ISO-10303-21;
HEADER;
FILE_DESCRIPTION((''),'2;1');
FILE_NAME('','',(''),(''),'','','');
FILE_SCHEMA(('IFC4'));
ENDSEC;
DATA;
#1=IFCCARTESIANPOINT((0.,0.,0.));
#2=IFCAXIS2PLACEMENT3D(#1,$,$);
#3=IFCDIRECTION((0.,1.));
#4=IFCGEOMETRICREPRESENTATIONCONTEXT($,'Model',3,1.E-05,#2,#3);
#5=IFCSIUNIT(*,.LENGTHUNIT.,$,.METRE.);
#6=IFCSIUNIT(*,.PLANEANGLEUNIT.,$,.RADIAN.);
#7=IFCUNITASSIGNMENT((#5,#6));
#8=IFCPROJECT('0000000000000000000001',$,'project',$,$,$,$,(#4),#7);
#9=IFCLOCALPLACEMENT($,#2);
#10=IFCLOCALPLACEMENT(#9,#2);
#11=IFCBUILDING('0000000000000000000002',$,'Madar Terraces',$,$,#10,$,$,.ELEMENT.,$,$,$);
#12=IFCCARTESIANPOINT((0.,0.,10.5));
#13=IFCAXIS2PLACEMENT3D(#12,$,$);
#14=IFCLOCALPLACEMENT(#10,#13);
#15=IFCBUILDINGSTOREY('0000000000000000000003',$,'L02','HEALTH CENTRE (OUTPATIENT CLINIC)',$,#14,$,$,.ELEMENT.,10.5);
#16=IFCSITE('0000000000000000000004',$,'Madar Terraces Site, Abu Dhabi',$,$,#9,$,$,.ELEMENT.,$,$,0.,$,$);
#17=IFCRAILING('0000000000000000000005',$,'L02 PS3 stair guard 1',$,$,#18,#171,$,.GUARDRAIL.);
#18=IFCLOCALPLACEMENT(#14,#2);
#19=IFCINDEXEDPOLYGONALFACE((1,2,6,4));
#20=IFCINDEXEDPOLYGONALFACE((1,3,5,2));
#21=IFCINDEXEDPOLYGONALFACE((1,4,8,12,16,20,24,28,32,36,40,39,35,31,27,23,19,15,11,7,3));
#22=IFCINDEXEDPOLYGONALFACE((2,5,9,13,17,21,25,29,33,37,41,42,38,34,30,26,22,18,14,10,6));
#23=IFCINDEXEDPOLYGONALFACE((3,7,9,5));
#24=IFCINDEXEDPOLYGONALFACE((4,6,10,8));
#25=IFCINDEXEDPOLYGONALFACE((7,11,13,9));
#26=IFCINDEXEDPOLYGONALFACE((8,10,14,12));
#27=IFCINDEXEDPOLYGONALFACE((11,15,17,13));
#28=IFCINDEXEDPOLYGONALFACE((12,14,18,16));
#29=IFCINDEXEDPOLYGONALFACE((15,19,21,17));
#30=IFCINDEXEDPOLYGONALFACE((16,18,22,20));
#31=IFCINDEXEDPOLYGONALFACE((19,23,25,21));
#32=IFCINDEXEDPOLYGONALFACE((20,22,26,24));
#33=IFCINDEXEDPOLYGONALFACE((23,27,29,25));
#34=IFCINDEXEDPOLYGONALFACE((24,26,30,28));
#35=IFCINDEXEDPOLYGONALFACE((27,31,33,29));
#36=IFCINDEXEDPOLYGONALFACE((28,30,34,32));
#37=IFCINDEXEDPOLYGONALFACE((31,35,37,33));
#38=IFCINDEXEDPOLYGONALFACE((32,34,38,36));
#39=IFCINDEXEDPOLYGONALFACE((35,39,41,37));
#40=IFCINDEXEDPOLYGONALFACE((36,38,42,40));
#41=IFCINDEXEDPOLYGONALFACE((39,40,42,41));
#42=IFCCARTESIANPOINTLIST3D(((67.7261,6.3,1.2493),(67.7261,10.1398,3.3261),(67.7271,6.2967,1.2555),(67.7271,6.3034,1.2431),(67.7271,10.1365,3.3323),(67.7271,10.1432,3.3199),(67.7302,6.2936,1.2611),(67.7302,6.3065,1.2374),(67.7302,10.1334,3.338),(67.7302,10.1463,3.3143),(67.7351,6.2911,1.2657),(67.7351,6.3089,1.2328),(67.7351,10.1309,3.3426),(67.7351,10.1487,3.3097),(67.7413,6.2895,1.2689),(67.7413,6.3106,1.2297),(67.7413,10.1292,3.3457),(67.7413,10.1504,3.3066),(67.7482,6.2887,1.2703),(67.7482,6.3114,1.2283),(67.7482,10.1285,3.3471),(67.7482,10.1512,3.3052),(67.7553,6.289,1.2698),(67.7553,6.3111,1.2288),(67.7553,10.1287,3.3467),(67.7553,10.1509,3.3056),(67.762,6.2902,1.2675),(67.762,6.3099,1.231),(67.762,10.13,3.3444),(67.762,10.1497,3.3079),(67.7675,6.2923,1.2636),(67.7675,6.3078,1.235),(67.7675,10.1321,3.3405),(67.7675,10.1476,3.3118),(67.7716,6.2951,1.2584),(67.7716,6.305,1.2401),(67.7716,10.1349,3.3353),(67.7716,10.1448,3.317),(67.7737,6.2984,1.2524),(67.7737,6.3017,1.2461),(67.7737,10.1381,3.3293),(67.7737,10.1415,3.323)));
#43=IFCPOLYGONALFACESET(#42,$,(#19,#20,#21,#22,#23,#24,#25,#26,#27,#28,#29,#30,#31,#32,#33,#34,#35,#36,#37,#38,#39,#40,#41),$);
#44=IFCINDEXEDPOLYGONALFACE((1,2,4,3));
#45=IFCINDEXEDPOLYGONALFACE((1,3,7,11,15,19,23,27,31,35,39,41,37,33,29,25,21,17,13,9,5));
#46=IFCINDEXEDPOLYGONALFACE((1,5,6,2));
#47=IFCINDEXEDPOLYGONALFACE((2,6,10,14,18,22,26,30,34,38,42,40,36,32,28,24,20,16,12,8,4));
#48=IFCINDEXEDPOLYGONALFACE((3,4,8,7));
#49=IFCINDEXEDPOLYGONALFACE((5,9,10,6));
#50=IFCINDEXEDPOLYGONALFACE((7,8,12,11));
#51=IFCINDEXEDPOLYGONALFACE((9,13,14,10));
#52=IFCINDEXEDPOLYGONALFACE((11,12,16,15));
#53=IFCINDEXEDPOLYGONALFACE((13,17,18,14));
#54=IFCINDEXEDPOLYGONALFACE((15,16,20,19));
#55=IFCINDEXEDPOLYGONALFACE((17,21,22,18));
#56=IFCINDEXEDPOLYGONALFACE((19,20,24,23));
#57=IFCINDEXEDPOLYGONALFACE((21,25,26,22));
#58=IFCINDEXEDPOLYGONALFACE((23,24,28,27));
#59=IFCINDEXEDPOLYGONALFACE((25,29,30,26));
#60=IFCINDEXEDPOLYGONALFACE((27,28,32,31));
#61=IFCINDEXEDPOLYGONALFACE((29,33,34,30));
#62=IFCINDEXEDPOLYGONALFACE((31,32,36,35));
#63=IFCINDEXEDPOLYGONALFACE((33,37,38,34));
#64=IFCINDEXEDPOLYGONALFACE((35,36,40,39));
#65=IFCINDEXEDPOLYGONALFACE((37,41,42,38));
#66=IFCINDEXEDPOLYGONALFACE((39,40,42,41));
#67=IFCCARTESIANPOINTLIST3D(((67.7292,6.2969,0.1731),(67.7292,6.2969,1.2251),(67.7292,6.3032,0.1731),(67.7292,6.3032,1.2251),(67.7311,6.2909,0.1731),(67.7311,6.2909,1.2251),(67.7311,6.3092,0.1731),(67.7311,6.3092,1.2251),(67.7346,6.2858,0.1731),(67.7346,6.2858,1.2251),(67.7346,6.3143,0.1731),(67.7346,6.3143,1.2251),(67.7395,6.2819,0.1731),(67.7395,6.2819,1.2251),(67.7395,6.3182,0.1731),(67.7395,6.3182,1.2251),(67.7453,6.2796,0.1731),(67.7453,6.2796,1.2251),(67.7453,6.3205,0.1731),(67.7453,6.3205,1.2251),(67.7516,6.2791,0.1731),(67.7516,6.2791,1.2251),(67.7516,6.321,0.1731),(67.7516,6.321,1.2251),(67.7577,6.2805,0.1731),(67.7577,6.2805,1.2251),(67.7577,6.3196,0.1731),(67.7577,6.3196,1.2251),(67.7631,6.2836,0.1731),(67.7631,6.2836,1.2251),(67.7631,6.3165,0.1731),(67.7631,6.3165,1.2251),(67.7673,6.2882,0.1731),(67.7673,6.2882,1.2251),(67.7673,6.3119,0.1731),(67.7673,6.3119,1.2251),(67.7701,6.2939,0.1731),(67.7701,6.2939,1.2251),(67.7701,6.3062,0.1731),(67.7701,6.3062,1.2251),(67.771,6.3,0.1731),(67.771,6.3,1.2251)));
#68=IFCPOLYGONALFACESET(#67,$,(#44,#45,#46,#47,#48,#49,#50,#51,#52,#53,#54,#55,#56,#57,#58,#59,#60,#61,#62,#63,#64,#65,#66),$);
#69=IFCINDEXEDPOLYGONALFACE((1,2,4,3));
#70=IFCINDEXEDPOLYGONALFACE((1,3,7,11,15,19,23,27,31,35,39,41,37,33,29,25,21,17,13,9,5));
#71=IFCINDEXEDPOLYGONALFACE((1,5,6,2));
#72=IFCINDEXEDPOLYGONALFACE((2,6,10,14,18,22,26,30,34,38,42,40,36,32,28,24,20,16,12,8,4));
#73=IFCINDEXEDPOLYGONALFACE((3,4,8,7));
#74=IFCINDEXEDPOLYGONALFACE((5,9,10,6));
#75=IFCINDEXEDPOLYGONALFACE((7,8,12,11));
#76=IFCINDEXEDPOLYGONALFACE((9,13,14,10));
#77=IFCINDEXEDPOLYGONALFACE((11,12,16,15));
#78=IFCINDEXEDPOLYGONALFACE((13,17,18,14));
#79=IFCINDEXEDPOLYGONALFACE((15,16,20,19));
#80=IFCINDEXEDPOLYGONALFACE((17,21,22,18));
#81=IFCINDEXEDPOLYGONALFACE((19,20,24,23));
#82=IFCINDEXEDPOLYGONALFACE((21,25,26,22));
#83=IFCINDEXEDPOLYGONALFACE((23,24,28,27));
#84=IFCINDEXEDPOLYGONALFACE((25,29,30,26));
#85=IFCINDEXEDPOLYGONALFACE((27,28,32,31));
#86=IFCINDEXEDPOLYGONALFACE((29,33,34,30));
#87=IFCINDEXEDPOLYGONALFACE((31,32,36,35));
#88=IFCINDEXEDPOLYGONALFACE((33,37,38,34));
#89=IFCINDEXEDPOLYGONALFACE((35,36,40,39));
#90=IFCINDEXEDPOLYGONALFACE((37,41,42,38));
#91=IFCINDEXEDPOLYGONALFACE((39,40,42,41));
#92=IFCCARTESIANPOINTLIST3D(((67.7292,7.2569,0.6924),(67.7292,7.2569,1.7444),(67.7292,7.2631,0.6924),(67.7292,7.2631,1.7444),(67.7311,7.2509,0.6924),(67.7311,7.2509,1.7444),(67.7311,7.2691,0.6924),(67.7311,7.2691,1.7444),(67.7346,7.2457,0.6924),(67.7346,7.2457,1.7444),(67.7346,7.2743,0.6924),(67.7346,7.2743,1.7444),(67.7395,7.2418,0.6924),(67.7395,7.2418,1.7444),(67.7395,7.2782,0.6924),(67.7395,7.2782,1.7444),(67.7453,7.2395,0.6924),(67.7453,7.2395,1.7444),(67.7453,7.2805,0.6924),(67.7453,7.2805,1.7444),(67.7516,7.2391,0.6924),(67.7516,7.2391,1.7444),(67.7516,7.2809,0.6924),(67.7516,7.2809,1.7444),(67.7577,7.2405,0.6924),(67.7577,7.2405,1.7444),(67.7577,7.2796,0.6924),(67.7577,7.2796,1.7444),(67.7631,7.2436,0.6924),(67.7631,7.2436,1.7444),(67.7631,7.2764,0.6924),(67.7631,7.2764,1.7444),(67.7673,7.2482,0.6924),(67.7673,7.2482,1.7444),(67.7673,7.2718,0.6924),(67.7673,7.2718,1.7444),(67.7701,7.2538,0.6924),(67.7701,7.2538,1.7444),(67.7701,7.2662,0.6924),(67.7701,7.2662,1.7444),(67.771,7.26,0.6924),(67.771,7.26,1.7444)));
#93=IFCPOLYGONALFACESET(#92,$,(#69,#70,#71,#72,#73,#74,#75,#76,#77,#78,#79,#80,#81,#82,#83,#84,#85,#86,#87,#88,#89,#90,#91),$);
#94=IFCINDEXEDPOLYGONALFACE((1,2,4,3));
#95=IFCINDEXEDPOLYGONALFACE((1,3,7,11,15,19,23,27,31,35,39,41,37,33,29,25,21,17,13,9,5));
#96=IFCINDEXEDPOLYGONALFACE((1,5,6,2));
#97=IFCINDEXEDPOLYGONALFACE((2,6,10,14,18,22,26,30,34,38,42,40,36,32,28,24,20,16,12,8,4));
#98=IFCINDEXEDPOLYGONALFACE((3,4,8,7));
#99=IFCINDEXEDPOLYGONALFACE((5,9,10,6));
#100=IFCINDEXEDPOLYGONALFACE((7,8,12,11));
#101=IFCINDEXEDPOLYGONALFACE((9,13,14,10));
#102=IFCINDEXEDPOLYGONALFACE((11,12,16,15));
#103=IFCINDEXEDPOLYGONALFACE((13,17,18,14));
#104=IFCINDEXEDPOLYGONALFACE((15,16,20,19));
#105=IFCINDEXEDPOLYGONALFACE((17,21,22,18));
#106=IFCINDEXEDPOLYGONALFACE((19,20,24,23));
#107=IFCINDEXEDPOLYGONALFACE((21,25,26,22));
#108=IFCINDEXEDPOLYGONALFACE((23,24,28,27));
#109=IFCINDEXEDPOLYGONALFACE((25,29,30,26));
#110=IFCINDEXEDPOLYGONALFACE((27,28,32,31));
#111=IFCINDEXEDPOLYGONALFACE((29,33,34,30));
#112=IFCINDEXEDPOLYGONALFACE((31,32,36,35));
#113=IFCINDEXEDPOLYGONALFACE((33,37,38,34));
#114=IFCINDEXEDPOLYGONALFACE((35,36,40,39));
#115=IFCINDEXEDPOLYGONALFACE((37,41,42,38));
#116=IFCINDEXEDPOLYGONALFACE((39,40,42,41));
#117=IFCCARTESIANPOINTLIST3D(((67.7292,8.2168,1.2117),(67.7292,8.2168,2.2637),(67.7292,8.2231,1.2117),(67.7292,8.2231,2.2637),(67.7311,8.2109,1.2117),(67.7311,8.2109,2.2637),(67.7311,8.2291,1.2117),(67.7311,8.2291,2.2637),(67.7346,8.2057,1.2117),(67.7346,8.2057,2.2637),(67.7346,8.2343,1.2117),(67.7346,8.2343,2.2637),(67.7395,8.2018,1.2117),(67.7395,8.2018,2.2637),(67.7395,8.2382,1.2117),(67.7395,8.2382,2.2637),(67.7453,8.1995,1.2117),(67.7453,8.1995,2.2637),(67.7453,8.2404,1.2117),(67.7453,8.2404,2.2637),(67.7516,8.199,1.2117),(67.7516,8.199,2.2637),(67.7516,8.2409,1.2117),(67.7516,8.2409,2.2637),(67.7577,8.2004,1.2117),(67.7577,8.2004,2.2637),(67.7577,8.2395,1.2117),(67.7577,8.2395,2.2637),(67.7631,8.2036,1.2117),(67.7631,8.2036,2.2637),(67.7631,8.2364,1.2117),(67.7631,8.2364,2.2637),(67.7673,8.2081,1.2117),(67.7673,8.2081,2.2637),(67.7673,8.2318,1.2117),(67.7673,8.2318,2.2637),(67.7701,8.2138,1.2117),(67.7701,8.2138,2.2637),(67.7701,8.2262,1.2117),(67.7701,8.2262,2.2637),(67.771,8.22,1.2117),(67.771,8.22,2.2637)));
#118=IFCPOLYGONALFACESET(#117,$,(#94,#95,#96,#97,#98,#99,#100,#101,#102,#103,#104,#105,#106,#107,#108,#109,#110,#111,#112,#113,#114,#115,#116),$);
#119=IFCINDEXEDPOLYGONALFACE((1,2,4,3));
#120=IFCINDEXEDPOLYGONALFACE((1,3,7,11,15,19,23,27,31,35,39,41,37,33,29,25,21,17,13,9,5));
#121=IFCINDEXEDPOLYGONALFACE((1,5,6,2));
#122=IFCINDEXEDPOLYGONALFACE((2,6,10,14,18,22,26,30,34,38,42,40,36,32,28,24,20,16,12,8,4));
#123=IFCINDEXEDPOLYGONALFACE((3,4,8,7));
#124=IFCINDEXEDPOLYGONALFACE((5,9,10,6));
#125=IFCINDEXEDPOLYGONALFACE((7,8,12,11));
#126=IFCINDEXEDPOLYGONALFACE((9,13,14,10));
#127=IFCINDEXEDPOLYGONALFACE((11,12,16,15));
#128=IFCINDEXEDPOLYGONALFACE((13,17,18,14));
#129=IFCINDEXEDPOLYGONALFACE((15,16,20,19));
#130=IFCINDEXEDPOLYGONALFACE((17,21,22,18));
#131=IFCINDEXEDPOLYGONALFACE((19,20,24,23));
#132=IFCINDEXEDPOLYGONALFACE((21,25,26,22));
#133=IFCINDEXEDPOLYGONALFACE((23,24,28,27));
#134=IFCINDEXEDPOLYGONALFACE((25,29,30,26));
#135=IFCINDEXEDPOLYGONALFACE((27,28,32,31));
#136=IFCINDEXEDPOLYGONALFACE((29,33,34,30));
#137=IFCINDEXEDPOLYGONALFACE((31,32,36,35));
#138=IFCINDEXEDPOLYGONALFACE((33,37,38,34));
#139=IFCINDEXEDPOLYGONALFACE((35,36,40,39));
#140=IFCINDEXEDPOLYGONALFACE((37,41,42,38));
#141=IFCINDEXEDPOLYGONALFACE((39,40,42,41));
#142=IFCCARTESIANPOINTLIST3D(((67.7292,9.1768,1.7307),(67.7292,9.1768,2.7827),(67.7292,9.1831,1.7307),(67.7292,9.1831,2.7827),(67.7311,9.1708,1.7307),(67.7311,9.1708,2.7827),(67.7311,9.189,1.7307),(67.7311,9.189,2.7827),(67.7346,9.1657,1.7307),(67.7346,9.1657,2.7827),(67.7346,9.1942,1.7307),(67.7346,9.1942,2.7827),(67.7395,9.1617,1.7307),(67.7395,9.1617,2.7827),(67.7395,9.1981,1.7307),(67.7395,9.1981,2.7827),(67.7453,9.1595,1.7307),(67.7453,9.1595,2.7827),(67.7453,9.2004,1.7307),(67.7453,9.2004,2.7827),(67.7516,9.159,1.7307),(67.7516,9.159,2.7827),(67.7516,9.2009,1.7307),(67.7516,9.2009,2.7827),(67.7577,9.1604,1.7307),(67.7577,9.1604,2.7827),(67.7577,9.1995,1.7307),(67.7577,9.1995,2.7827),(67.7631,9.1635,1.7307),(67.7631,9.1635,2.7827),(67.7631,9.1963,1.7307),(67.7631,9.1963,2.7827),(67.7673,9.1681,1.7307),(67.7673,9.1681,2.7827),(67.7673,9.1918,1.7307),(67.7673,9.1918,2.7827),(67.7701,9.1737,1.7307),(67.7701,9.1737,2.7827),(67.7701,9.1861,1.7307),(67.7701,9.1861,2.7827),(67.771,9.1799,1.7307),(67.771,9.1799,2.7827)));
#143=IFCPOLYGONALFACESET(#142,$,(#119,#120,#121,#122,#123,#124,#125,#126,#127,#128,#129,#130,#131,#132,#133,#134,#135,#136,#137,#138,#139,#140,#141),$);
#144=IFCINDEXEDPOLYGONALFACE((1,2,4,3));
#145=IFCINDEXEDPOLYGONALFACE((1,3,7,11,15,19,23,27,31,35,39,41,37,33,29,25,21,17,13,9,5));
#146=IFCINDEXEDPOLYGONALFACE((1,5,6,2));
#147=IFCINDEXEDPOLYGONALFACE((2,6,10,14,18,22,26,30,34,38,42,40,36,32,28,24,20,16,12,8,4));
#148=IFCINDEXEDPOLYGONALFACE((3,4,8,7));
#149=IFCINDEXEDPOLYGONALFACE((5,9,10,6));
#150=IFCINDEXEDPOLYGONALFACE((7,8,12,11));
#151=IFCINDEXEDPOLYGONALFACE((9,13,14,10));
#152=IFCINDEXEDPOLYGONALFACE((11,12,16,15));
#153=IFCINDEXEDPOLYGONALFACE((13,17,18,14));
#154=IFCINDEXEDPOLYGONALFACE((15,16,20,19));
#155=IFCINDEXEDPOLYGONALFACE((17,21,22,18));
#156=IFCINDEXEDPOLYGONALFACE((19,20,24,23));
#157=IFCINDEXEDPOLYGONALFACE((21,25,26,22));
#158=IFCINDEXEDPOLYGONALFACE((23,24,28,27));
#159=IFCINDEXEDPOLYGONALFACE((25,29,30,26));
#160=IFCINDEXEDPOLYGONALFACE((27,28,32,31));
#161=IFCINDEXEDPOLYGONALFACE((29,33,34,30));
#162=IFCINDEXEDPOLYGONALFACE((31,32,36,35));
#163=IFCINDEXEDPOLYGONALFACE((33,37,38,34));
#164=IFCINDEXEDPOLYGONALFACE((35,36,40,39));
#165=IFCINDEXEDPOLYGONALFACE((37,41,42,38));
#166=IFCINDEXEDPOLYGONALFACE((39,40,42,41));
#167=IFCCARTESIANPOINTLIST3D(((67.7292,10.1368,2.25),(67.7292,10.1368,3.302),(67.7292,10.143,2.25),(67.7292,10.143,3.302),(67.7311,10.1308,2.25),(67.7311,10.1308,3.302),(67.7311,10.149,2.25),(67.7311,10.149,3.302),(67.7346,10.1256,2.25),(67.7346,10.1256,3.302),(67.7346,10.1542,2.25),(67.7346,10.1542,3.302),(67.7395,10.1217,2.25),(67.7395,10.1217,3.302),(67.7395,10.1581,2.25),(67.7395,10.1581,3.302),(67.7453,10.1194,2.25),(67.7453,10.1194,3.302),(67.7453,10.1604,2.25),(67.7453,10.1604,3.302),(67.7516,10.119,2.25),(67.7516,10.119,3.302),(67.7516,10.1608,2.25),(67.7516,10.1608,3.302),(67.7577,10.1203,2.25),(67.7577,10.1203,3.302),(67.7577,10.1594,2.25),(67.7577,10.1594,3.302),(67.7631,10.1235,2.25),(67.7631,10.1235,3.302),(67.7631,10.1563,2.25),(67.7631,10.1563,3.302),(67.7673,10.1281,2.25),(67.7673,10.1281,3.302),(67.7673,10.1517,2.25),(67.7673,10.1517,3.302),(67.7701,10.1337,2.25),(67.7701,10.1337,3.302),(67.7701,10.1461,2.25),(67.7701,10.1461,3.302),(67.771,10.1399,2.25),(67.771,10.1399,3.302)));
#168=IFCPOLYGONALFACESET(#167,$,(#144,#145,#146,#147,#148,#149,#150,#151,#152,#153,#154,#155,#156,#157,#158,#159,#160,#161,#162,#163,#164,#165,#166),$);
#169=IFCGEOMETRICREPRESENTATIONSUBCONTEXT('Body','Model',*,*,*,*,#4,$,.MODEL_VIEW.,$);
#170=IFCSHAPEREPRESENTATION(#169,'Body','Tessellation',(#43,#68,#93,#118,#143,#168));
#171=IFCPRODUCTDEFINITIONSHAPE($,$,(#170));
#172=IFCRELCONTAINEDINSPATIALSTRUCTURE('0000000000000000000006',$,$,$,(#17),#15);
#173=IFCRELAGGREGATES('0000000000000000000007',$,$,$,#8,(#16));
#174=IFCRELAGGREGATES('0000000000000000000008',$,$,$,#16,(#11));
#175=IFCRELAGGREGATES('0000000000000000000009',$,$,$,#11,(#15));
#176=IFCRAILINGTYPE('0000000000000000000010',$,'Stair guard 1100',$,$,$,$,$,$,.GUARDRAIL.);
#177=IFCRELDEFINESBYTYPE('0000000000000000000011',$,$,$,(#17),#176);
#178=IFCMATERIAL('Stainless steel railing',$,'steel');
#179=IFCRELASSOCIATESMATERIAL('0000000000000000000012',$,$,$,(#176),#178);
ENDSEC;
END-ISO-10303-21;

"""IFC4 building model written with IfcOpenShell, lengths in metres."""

from ifc_helpers import new_model, si_unit, direction, frame, origin, origin_2d, place, context, subcontext, project, spatial, circle, extrude, material, type_object, element, save


model = new_model("IFC4")

# Units and contexts
model_context = context("Model", 3, precision=1e-05, world=origin(), true_north=direction((0.0, 1.0)))
body_context = subcontext(model_context, "Body", "Model", "MODEL_VIEW")
ifc_project = project(units=[si_unit("LENGTHUNIT", "METRE"), si_unit("PLANEANGLEUNIT", "RADIAN")], contexts=[model_context])

# Site, building, storey
site_placement = place(None, origin())
site = spatial("IfcSite", under=ifc_project, at=site_placement, Name="Madar Terraces Site, Abu Dhabi", CompositionType="ELEMENT", RefElevation=0.0)
building_placement = place(site_placement, origin())
building = spatial("IfcBuilding", under=site, at=building_placement, Name="Madar Terraces", CompositionType="ELEMENT")
storey_placement = place(building_placement, frame((0.0, 0.0, 10.5)))
storey = spatial("IfcBuildingStorey", under=building, at=storey_placement, Name="L02", Description="HEALTH CENTRE (OUTPATIENT CLINIC)", CompositionType="ELEMENT", Elevation=10.5)

# Railing
ifc_material_1 = material(Name="Stainless steel railing", Category="steel")
railing_type_1 = type_object("IfcRailingType", Name="Stair guard 1100", PredefinedType="GUARDRAIL", material=ifc_material_1)
railing_1_placement = place(storey_placement, frame((67.75, 6.3, 0.1731)))
element("IfcRailing", 1, at=railing_1_placement, inside=storey, type_object=railing_type_1, Name="L02 PS3 stair guard 1", PredefinedType="GUARDRAIL", context=body_context, shape_type="SweptSolid", body=[
    extrude(circle(Radius=0.0239, at=origin_2d()), frame((0.0, 0.0, 1.0762), z_axis=(0.0, 0.879581, 0.47575), x_axis=(-1.0, 0.0, 0.0)), (0.0, 0.0, 1.0), 4.3655),
    extrude(circle(Radius=0.021, at=origin_2d()), origin(), (0.0, 0.0, 1.0), 1.052),
    extrude(circle(Radius=0.021, at=origin_2d()), frame((0.0, 0.96, 0.5193)), (0.0, 0.0, 1.0), 1.052),
    extrude(circle(Radius=0.021, at=origin_2d()), frame((0.0, 1.9199, 1.0386)), (0.0, 0.0, 1.0), 1.052),
    extrude(circle(Radius=0.021, at=origin_2d()), frame((0.0, 2.8799, 1.5576)), (0.0, 0.0, 1.0), 1.052),
    extrude(circle(Radius=0.021, at=origin_2d()), frame((0.0, 3.8398, 2.0769)), (0.0, 0.0, 1.0), 1.052),
])

save(model, "model.ifc")
